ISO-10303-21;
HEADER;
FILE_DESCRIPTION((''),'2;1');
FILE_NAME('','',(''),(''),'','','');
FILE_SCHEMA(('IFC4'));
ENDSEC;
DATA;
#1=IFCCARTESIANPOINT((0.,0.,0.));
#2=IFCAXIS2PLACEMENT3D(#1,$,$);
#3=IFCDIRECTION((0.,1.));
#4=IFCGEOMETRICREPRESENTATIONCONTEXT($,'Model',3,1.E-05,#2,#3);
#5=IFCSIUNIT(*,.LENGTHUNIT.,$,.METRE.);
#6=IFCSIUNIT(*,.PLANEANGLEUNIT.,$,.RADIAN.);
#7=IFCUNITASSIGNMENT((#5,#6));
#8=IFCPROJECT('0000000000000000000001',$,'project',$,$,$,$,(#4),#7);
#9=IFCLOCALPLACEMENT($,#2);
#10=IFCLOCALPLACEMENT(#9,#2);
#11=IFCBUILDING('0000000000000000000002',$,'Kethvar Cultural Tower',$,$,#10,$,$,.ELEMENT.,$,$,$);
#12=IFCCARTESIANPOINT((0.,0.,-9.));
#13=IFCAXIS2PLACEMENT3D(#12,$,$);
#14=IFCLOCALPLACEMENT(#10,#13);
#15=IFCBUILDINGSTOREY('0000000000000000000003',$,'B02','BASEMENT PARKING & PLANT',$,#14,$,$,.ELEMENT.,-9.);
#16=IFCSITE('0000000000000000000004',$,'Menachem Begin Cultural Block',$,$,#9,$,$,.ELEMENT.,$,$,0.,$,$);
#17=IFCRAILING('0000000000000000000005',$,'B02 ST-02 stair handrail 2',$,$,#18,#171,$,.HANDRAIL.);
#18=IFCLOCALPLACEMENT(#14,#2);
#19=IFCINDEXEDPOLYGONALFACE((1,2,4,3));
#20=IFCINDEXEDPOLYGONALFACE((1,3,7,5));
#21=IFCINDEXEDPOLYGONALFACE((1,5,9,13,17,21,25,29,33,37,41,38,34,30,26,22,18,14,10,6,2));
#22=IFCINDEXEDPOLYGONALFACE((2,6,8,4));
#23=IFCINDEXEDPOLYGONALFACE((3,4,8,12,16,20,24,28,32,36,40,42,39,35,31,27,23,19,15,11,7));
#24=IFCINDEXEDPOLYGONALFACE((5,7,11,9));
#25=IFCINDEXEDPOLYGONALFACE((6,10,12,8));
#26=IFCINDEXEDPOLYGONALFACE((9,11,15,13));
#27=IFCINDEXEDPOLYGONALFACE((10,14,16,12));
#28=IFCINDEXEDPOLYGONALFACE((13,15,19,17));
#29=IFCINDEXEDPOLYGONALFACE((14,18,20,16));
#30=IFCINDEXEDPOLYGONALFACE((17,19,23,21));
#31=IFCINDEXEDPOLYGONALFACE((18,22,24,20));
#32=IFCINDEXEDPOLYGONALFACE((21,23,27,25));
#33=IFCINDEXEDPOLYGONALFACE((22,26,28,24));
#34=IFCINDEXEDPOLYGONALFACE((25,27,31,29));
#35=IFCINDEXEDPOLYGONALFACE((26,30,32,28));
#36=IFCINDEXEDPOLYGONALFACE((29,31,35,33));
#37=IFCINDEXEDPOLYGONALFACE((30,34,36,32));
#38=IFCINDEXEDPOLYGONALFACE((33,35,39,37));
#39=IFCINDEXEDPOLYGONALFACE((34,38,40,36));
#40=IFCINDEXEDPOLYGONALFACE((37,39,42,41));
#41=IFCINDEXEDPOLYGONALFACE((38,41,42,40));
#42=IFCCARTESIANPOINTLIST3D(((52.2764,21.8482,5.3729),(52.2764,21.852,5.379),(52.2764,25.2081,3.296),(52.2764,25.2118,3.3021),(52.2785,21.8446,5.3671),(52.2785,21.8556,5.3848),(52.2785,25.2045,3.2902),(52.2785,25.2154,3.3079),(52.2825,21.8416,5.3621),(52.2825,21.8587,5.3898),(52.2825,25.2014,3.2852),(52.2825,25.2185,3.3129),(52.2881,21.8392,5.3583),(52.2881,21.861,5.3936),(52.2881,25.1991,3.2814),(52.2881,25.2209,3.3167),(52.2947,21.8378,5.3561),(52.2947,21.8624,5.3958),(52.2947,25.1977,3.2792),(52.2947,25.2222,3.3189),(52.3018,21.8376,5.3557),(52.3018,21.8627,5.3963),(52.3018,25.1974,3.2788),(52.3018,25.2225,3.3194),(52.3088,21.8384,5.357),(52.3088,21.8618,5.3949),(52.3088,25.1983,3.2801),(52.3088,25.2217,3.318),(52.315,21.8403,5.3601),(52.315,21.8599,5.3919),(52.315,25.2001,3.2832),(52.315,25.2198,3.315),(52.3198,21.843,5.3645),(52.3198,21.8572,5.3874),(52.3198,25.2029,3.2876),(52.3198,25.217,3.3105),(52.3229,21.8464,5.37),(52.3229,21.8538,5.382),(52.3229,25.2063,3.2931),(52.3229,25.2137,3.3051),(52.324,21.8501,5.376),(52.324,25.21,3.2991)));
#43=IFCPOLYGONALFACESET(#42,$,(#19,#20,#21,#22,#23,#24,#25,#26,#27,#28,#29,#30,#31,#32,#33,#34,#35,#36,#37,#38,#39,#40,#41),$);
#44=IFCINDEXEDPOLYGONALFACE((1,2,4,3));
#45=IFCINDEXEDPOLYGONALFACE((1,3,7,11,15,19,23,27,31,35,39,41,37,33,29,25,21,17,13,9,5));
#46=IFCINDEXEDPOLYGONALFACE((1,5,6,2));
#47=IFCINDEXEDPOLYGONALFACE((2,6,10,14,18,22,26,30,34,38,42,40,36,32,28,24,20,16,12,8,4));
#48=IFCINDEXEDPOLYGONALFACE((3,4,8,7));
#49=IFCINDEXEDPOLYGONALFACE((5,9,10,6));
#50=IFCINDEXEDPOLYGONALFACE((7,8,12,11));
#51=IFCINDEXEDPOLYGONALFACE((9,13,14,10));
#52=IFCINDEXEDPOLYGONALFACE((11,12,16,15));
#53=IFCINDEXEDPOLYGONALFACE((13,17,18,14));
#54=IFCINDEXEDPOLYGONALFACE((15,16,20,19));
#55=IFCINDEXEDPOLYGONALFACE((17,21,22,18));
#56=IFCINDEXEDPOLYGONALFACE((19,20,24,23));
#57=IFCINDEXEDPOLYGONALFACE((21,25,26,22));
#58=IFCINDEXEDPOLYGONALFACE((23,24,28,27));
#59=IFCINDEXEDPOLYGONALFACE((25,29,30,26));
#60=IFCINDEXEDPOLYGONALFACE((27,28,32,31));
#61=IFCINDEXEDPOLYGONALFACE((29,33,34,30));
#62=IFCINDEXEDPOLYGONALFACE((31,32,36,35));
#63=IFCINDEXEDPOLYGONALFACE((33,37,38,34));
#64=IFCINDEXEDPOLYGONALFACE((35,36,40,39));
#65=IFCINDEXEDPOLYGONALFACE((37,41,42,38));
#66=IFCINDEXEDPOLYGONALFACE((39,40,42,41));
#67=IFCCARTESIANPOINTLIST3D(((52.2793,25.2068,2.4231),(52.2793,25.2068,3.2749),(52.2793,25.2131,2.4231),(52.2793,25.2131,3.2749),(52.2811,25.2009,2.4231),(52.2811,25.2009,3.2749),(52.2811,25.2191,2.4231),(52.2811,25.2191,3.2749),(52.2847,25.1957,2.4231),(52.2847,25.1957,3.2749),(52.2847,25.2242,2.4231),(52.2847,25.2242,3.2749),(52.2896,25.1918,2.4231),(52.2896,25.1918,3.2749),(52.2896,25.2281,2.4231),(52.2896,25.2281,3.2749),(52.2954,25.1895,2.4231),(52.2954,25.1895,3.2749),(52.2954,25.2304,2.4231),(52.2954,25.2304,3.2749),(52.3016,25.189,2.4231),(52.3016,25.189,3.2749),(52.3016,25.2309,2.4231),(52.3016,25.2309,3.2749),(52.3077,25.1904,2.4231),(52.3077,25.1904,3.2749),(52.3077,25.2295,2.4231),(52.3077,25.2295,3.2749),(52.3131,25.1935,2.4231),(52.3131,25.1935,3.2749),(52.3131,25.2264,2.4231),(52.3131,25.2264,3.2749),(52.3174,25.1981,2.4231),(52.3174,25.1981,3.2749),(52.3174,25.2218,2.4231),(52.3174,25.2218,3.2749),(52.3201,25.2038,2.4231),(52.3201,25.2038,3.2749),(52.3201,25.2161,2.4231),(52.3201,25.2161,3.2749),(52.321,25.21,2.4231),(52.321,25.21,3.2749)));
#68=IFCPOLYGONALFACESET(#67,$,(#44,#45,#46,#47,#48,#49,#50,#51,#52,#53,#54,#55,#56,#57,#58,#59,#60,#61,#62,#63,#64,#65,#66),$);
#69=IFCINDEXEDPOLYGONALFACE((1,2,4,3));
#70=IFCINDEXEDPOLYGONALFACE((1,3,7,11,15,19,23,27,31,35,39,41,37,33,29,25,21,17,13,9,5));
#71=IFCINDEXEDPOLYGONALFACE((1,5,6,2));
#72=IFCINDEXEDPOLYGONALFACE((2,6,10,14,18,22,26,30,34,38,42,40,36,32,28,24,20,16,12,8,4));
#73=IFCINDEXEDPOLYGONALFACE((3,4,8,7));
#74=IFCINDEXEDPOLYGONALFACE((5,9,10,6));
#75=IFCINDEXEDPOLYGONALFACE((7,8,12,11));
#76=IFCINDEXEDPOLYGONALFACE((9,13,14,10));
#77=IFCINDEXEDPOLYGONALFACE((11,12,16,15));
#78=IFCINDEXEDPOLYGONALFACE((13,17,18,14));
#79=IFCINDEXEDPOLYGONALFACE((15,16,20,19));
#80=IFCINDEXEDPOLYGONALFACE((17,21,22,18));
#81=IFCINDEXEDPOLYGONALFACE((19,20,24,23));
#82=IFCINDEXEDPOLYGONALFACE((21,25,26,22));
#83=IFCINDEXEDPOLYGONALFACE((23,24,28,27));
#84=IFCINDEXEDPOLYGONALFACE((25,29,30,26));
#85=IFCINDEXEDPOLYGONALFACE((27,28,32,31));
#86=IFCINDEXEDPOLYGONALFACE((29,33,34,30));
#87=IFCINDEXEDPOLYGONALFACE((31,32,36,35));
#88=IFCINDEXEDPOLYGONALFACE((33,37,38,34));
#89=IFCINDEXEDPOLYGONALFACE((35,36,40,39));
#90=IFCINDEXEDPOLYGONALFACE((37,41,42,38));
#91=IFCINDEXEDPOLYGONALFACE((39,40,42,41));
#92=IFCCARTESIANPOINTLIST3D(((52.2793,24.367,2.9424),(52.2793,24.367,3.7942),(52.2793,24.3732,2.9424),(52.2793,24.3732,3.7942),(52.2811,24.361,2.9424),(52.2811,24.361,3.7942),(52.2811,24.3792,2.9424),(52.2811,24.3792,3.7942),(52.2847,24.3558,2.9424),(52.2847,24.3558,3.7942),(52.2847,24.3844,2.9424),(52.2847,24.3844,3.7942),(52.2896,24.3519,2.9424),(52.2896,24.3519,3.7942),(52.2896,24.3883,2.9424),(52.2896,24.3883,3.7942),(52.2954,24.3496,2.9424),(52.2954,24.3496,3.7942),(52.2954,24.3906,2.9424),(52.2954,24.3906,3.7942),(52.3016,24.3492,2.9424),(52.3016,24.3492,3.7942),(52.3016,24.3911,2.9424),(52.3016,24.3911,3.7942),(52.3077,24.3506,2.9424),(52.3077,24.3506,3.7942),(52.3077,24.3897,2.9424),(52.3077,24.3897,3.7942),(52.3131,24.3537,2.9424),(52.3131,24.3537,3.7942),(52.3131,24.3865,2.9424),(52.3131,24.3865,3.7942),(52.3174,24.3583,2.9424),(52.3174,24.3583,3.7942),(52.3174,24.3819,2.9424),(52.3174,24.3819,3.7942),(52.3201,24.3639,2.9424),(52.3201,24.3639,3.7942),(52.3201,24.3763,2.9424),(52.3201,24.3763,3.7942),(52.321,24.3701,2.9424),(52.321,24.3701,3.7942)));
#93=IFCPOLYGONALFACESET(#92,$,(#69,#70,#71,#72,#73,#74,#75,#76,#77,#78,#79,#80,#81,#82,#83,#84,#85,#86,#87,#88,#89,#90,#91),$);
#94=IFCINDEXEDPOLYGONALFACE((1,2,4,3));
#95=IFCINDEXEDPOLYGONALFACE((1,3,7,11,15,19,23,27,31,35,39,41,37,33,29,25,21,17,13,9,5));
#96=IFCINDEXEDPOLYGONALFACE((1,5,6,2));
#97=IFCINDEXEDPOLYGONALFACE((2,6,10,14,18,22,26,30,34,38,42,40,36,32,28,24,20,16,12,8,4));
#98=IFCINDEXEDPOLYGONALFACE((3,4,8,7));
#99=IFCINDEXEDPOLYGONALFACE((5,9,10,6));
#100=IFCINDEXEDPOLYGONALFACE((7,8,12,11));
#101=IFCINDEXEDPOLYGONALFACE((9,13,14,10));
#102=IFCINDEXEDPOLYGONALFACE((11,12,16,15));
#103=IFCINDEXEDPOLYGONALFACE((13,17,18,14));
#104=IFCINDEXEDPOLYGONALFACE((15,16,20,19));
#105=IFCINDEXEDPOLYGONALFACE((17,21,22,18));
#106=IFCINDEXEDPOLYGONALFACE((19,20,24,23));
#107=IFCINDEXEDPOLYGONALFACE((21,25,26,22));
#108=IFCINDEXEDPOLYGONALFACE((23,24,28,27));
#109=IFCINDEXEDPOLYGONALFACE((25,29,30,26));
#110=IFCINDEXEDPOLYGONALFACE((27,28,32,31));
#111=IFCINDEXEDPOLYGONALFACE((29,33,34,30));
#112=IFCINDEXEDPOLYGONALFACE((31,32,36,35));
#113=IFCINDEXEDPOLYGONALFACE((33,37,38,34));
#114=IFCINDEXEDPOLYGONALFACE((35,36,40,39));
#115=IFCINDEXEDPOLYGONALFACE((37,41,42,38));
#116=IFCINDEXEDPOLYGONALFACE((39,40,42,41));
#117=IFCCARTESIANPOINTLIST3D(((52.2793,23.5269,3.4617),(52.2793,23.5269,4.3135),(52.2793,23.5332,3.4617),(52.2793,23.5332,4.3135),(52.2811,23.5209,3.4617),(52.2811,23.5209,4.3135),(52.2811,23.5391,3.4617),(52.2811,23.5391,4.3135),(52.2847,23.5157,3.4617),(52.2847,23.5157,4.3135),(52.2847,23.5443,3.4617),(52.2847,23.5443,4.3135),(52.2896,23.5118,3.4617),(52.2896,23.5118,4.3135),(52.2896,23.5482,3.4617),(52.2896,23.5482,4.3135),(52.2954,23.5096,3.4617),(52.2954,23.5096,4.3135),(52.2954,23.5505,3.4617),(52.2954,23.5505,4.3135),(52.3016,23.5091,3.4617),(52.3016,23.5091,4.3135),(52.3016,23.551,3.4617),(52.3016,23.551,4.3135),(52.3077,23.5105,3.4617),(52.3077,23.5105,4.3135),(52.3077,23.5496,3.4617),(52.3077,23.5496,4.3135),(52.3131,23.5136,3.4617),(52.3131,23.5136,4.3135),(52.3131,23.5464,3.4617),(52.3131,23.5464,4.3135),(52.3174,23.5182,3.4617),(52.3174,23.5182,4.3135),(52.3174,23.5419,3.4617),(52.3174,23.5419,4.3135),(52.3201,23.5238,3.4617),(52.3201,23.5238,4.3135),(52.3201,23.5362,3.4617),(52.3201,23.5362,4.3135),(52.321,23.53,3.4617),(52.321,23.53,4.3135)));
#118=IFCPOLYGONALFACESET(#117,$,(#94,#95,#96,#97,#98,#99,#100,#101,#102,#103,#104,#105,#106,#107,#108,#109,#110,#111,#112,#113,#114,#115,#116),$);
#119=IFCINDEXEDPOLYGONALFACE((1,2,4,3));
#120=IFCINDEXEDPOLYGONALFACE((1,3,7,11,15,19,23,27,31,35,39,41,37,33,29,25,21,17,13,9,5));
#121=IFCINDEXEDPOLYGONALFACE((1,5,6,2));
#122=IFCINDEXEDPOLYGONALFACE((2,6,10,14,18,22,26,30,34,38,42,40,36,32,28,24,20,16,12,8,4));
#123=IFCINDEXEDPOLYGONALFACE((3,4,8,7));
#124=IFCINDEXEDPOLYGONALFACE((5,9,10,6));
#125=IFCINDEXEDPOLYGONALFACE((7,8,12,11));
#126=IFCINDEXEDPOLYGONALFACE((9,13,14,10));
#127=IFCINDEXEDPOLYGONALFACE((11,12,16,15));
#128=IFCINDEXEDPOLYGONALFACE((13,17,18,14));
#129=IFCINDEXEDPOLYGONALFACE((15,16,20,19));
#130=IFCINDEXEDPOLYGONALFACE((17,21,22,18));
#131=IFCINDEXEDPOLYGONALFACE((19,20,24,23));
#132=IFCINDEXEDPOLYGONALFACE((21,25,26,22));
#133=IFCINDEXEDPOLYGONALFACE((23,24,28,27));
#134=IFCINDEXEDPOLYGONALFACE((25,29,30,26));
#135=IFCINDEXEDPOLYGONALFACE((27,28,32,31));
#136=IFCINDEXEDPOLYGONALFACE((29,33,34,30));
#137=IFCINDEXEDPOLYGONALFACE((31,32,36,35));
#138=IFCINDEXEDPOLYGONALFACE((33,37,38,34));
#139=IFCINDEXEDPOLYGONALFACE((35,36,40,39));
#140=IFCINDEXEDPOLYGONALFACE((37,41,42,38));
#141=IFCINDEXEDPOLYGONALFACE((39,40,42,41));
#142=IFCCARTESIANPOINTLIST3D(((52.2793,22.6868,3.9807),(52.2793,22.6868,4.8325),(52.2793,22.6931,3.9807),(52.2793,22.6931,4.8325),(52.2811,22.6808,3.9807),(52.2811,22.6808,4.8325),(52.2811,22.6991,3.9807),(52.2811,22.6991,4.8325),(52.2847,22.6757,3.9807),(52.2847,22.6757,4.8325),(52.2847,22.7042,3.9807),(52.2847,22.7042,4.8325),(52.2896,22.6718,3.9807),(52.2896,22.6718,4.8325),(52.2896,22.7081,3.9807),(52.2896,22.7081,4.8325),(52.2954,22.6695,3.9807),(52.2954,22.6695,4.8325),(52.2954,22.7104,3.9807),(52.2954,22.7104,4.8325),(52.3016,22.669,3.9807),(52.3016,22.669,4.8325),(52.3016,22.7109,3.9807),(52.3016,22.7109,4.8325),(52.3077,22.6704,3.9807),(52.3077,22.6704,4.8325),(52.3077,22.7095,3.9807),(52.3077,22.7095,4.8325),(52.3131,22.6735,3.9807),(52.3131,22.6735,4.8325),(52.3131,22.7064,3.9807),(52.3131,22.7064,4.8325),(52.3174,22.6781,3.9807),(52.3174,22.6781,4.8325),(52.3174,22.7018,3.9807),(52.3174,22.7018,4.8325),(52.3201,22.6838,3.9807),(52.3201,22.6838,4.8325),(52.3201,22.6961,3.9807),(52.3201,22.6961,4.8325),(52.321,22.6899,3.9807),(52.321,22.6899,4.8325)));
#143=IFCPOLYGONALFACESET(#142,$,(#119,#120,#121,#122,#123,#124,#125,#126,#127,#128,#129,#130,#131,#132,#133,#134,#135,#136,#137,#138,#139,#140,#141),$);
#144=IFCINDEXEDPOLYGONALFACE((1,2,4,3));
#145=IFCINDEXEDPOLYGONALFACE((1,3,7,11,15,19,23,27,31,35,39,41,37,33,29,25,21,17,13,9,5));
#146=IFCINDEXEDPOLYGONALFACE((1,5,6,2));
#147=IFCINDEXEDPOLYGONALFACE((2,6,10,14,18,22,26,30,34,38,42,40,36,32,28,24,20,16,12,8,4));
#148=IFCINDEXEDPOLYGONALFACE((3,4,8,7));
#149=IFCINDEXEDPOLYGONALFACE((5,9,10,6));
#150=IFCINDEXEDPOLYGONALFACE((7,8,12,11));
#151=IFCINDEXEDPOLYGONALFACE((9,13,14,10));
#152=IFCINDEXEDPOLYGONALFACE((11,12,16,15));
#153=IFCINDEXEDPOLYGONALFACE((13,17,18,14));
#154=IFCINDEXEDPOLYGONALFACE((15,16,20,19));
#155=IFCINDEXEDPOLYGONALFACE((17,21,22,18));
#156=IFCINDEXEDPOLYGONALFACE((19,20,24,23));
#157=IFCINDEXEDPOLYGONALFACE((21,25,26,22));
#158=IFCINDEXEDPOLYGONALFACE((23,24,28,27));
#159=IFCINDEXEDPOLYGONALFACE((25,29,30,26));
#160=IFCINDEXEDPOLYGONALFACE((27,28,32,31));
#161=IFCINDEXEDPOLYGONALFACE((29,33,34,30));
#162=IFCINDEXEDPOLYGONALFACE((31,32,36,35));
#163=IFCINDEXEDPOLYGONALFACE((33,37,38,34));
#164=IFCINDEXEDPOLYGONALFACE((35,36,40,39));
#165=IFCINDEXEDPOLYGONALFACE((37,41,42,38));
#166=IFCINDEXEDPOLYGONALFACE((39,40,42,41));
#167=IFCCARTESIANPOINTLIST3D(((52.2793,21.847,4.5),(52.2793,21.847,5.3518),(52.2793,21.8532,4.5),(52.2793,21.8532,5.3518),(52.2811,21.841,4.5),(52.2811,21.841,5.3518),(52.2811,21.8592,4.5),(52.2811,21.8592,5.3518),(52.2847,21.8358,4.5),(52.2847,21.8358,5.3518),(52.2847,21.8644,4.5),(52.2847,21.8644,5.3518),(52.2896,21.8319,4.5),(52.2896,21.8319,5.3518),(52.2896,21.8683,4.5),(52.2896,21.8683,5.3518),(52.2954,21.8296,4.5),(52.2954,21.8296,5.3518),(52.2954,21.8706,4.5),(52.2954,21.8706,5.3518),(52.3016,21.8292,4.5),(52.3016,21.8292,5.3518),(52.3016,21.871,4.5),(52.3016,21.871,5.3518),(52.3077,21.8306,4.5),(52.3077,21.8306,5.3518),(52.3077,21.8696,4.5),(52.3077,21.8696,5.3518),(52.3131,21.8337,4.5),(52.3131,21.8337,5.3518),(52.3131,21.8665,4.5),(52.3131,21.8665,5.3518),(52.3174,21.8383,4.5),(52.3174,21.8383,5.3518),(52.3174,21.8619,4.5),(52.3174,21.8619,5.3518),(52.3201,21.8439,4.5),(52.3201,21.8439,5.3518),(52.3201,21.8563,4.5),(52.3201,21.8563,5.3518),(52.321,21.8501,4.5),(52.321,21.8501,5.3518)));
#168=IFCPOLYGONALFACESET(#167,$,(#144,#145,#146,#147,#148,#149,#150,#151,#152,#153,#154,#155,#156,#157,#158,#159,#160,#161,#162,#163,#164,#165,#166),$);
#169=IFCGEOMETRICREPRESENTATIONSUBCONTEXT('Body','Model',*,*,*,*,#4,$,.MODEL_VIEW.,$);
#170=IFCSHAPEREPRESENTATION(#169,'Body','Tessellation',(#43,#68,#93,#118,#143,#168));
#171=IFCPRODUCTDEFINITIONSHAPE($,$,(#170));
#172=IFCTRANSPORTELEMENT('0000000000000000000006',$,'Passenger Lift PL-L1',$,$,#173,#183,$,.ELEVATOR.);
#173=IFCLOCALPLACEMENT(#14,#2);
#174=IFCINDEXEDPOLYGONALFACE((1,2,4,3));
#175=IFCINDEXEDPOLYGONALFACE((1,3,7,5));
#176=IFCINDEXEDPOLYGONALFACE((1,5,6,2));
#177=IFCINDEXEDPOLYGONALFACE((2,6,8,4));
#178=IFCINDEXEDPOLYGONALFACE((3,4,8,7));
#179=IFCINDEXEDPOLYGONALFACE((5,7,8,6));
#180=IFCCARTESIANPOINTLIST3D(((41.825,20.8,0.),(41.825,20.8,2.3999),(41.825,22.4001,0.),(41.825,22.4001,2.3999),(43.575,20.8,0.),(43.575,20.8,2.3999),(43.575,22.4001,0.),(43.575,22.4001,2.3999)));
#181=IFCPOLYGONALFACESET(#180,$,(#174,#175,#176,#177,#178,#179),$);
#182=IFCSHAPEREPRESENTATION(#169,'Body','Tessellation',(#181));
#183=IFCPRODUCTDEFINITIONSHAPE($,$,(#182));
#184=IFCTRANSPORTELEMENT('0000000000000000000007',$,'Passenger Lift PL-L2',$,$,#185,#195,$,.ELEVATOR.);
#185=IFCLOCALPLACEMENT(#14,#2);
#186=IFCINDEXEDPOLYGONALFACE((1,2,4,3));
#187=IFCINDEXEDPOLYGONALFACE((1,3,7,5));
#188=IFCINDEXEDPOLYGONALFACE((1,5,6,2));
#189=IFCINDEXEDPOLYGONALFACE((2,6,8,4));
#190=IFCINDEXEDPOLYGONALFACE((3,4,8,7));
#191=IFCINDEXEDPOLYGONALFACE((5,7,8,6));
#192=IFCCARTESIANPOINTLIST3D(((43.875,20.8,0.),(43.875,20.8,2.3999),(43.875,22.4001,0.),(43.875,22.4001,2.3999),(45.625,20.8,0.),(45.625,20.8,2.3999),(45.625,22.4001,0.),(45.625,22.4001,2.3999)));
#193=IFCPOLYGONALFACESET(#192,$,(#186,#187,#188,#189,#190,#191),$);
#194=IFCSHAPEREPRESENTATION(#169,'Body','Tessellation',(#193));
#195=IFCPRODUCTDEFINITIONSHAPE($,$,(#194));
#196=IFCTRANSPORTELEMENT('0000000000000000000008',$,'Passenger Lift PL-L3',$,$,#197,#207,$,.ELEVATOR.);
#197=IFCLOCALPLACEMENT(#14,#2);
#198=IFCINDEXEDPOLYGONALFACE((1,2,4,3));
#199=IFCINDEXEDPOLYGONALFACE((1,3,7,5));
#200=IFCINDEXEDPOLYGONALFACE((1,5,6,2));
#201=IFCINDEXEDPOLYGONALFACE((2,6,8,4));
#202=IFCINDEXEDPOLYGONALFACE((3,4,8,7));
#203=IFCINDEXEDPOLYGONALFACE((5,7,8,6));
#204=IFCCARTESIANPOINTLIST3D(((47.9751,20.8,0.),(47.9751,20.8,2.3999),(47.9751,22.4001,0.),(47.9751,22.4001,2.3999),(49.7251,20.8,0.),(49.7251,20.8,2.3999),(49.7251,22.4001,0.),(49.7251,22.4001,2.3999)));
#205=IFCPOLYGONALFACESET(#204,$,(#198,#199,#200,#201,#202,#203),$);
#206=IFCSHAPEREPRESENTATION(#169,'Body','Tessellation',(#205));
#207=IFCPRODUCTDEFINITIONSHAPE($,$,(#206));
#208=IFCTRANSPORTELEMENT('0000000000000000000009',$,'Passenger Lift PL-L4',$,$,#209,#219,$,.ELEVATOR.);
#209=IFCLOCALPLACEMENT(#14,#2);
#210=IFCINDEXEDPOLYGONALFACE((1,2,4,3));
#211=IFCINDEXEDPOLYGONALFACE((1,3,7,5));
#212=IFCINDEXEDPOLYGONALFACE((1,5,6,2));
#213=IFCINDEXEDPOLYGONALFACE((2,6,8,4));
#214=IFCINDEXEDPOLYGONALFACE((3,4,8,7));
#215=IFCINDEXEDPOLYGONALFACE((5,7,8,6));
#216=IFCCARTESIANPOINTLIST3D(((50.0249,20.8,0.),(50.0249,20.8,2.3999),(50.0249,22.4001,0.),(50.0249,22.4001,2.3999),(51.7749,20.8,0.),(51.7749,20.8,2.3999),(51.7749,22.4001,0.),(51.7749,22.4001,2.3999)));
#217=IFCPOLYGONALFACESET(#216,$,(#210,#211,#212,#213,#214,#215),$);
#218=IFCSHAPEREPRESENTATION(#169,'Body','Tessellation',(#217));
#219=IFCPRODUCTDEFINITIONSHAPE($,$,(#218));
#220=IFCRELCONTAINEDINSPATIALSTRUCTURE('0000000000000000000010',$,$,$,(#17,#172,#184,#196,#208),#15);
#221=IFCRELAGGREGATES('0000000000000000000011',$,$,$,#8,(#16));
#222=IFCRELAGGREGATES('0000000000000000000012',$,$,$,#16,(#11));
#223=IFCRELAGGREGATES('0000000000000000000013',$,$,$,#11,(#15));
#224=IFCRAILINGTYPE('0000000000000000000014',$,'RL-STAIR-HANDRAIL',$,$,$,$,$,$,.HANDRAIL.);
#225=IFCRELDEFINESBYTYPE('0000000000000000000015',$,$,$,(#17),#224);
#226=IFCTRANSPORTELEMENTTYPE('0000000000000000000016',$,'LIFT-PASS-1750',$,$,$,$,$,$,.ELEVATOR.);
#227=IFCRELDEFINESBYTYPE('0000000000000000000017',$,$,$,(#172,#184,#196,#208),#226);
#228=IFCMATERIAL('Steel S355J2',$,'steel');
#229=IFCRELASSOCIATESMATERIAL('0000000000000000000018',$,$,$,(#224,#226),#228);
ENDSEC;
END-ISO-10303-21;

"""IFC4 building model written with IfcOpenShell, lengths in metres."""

from ifc_helpers import new_model, si_unit, direction, frame, origin, origin_2d, place, context, subcontext, project, spatial, rectangle, circle, extrude, source, transform, mapped, material, type_object, element, save


model = new_model("IFC4")

# Units and contexts
model_context = context("Model", 3, precision=1e-05, world=origin(), true_north=direction((0.0, 1.0)))
body_context = subcontext(model_context, "Body", "Model", "MODEL_VIEW")
ifc_project = project(units=[si_unit("LENGTHUNIT", "METRE"), si_unit("PLANEANGLEUNIT", "RADIAN")], contexts=[model_context])

# Site, building, storey
site_placement = place(None, origin())
site = spatial("IfcSite", under=ifc_project, at=site_placement, Name="Menachem Begin Cultural Block", CompositionType="ELEMENT", RefElevation=0.0)
building_placement = place(site_placement, origin())
building = spatial("IfcBuilding", under=site, at=building_placement, Name="Kethvar Cultural Tower", CompositionType="ELEMENT")
storey_placement = place(building_placement, frame((0.0, 0.0, -9.0)))
storey = spatial("IfcBuildingStorey", under=building, at=storey_placement, Name="B02", Description="BASEMENT PARKING & PLANT", CompositionType="ELEMENT", Elevation=-9.0)

# Shared definitions
ifc_material_1 = material(Name="Steel S355J2", Category="steel")

# Railing
railing_type_1 = type_object("IfcRailingType", Name="RL-STAIR-HANDRAIL", PredefinedType="HANDRAIL", material=ifc_material_1)
railing_1_placement = place(storey_placement, frame((52.3, 25.21, 2.4231)))
element("IfcRailing", 1, at=railing_1_placement, inside=storey, type_object=railing_type_1, Name="B02 ST-02 stair handrail 2", PredefinedType="HANDRAIL", context=body_context, shape_type="SweptSolid", body=[
    extrude(circle(Radius=0.0239, at=origin_2d()), frame((0.0, 0.0, 0.876), z_axis=(0.0, -0.850606, 0.525803), x_axis=(1.0, 0.0, 0.0)), (0.0, 0.0, 1.0), 3.95),
    extrude(circle(Radius=0.021, at=origin_2d()), origin(), (0.0, 0.0, 1.0), 0.8518),
    extrude(circle(Radius=0.021, at=origin_2d()), frame((0.0, -0.8398, 0.5193)), (0.0, 0.0, 1.0), 0.8518),
    extrude(circle(Radius=0.021, at=origin_2d()), frame((0.0, -1.6799, 1.0386)), (0.0, 0.0, 1.0), 0.8518),
    extrude(circle(Radius=0.021, at=origin_2d()), frame((0.0, -2.52, 1.5576)), (0.0, 0.0, 1.0), 0.8518),
    extrude(circle(Radius=0.021, at=origin_2d()), frame((0.0, -3.3599, 2.0769)), (0.0, 0.0, 1.0), 0.8518),
])

# Transport elements
transport_element_type = type_object("IfcTransportElementType", Name="LIFT-PASS-1750", PredefinedType="ELEVATOR", material=ifc_material_1)
shared_shape_1 = source(origin(), body_context, "Body", "SweptSolid", [
    extrude(rectangle(XDim=1.75, YDim=1.6001, at=origin_2d()), origin(), (0.0, 0.0, 1.0), 2.3999),
])
for number, where, z_axis, x_axis, name in (
    (2, (42.7, 21.6001, 0.0), (0.0, 0.0, 1.0), (1.0, 0.0, 0.0), "Passenger Lift PL-L1"),
    (3, (44.75, 21.6001, 0.0), (0.0, 0.0, 1.0), (1.0, 0.0, 0.0), "Passenger Lift PL-L2"),
    (4, (48.8501, 21.6001, 0.0), (0.0, 0.0, 1.0), (1.0, 0.0, 0.0), "Passenger Lift PL-L3"),
    (5, (50.8999, 21.6001, 0.0), (0.0, 0.0, 1.0), (1.0, 0.0, 0.0), "Passenger Lift PL-L4"),
):
    element("IfcTransportElement", number, at=place(storey_placement, frame(where, z_axis=z_axis, x_axis=x_axis)), inside=storey, type_object=transport_element_type, Name=name, PredefinedType="ELEVATOR", context=body_context, shape_type="MappedRepresentation", body=[
        mapped(shared_shape_1, transform((0.0, 0.0, 0.0), scale=1.0)),
    ])

save(model, "model.ifc")
